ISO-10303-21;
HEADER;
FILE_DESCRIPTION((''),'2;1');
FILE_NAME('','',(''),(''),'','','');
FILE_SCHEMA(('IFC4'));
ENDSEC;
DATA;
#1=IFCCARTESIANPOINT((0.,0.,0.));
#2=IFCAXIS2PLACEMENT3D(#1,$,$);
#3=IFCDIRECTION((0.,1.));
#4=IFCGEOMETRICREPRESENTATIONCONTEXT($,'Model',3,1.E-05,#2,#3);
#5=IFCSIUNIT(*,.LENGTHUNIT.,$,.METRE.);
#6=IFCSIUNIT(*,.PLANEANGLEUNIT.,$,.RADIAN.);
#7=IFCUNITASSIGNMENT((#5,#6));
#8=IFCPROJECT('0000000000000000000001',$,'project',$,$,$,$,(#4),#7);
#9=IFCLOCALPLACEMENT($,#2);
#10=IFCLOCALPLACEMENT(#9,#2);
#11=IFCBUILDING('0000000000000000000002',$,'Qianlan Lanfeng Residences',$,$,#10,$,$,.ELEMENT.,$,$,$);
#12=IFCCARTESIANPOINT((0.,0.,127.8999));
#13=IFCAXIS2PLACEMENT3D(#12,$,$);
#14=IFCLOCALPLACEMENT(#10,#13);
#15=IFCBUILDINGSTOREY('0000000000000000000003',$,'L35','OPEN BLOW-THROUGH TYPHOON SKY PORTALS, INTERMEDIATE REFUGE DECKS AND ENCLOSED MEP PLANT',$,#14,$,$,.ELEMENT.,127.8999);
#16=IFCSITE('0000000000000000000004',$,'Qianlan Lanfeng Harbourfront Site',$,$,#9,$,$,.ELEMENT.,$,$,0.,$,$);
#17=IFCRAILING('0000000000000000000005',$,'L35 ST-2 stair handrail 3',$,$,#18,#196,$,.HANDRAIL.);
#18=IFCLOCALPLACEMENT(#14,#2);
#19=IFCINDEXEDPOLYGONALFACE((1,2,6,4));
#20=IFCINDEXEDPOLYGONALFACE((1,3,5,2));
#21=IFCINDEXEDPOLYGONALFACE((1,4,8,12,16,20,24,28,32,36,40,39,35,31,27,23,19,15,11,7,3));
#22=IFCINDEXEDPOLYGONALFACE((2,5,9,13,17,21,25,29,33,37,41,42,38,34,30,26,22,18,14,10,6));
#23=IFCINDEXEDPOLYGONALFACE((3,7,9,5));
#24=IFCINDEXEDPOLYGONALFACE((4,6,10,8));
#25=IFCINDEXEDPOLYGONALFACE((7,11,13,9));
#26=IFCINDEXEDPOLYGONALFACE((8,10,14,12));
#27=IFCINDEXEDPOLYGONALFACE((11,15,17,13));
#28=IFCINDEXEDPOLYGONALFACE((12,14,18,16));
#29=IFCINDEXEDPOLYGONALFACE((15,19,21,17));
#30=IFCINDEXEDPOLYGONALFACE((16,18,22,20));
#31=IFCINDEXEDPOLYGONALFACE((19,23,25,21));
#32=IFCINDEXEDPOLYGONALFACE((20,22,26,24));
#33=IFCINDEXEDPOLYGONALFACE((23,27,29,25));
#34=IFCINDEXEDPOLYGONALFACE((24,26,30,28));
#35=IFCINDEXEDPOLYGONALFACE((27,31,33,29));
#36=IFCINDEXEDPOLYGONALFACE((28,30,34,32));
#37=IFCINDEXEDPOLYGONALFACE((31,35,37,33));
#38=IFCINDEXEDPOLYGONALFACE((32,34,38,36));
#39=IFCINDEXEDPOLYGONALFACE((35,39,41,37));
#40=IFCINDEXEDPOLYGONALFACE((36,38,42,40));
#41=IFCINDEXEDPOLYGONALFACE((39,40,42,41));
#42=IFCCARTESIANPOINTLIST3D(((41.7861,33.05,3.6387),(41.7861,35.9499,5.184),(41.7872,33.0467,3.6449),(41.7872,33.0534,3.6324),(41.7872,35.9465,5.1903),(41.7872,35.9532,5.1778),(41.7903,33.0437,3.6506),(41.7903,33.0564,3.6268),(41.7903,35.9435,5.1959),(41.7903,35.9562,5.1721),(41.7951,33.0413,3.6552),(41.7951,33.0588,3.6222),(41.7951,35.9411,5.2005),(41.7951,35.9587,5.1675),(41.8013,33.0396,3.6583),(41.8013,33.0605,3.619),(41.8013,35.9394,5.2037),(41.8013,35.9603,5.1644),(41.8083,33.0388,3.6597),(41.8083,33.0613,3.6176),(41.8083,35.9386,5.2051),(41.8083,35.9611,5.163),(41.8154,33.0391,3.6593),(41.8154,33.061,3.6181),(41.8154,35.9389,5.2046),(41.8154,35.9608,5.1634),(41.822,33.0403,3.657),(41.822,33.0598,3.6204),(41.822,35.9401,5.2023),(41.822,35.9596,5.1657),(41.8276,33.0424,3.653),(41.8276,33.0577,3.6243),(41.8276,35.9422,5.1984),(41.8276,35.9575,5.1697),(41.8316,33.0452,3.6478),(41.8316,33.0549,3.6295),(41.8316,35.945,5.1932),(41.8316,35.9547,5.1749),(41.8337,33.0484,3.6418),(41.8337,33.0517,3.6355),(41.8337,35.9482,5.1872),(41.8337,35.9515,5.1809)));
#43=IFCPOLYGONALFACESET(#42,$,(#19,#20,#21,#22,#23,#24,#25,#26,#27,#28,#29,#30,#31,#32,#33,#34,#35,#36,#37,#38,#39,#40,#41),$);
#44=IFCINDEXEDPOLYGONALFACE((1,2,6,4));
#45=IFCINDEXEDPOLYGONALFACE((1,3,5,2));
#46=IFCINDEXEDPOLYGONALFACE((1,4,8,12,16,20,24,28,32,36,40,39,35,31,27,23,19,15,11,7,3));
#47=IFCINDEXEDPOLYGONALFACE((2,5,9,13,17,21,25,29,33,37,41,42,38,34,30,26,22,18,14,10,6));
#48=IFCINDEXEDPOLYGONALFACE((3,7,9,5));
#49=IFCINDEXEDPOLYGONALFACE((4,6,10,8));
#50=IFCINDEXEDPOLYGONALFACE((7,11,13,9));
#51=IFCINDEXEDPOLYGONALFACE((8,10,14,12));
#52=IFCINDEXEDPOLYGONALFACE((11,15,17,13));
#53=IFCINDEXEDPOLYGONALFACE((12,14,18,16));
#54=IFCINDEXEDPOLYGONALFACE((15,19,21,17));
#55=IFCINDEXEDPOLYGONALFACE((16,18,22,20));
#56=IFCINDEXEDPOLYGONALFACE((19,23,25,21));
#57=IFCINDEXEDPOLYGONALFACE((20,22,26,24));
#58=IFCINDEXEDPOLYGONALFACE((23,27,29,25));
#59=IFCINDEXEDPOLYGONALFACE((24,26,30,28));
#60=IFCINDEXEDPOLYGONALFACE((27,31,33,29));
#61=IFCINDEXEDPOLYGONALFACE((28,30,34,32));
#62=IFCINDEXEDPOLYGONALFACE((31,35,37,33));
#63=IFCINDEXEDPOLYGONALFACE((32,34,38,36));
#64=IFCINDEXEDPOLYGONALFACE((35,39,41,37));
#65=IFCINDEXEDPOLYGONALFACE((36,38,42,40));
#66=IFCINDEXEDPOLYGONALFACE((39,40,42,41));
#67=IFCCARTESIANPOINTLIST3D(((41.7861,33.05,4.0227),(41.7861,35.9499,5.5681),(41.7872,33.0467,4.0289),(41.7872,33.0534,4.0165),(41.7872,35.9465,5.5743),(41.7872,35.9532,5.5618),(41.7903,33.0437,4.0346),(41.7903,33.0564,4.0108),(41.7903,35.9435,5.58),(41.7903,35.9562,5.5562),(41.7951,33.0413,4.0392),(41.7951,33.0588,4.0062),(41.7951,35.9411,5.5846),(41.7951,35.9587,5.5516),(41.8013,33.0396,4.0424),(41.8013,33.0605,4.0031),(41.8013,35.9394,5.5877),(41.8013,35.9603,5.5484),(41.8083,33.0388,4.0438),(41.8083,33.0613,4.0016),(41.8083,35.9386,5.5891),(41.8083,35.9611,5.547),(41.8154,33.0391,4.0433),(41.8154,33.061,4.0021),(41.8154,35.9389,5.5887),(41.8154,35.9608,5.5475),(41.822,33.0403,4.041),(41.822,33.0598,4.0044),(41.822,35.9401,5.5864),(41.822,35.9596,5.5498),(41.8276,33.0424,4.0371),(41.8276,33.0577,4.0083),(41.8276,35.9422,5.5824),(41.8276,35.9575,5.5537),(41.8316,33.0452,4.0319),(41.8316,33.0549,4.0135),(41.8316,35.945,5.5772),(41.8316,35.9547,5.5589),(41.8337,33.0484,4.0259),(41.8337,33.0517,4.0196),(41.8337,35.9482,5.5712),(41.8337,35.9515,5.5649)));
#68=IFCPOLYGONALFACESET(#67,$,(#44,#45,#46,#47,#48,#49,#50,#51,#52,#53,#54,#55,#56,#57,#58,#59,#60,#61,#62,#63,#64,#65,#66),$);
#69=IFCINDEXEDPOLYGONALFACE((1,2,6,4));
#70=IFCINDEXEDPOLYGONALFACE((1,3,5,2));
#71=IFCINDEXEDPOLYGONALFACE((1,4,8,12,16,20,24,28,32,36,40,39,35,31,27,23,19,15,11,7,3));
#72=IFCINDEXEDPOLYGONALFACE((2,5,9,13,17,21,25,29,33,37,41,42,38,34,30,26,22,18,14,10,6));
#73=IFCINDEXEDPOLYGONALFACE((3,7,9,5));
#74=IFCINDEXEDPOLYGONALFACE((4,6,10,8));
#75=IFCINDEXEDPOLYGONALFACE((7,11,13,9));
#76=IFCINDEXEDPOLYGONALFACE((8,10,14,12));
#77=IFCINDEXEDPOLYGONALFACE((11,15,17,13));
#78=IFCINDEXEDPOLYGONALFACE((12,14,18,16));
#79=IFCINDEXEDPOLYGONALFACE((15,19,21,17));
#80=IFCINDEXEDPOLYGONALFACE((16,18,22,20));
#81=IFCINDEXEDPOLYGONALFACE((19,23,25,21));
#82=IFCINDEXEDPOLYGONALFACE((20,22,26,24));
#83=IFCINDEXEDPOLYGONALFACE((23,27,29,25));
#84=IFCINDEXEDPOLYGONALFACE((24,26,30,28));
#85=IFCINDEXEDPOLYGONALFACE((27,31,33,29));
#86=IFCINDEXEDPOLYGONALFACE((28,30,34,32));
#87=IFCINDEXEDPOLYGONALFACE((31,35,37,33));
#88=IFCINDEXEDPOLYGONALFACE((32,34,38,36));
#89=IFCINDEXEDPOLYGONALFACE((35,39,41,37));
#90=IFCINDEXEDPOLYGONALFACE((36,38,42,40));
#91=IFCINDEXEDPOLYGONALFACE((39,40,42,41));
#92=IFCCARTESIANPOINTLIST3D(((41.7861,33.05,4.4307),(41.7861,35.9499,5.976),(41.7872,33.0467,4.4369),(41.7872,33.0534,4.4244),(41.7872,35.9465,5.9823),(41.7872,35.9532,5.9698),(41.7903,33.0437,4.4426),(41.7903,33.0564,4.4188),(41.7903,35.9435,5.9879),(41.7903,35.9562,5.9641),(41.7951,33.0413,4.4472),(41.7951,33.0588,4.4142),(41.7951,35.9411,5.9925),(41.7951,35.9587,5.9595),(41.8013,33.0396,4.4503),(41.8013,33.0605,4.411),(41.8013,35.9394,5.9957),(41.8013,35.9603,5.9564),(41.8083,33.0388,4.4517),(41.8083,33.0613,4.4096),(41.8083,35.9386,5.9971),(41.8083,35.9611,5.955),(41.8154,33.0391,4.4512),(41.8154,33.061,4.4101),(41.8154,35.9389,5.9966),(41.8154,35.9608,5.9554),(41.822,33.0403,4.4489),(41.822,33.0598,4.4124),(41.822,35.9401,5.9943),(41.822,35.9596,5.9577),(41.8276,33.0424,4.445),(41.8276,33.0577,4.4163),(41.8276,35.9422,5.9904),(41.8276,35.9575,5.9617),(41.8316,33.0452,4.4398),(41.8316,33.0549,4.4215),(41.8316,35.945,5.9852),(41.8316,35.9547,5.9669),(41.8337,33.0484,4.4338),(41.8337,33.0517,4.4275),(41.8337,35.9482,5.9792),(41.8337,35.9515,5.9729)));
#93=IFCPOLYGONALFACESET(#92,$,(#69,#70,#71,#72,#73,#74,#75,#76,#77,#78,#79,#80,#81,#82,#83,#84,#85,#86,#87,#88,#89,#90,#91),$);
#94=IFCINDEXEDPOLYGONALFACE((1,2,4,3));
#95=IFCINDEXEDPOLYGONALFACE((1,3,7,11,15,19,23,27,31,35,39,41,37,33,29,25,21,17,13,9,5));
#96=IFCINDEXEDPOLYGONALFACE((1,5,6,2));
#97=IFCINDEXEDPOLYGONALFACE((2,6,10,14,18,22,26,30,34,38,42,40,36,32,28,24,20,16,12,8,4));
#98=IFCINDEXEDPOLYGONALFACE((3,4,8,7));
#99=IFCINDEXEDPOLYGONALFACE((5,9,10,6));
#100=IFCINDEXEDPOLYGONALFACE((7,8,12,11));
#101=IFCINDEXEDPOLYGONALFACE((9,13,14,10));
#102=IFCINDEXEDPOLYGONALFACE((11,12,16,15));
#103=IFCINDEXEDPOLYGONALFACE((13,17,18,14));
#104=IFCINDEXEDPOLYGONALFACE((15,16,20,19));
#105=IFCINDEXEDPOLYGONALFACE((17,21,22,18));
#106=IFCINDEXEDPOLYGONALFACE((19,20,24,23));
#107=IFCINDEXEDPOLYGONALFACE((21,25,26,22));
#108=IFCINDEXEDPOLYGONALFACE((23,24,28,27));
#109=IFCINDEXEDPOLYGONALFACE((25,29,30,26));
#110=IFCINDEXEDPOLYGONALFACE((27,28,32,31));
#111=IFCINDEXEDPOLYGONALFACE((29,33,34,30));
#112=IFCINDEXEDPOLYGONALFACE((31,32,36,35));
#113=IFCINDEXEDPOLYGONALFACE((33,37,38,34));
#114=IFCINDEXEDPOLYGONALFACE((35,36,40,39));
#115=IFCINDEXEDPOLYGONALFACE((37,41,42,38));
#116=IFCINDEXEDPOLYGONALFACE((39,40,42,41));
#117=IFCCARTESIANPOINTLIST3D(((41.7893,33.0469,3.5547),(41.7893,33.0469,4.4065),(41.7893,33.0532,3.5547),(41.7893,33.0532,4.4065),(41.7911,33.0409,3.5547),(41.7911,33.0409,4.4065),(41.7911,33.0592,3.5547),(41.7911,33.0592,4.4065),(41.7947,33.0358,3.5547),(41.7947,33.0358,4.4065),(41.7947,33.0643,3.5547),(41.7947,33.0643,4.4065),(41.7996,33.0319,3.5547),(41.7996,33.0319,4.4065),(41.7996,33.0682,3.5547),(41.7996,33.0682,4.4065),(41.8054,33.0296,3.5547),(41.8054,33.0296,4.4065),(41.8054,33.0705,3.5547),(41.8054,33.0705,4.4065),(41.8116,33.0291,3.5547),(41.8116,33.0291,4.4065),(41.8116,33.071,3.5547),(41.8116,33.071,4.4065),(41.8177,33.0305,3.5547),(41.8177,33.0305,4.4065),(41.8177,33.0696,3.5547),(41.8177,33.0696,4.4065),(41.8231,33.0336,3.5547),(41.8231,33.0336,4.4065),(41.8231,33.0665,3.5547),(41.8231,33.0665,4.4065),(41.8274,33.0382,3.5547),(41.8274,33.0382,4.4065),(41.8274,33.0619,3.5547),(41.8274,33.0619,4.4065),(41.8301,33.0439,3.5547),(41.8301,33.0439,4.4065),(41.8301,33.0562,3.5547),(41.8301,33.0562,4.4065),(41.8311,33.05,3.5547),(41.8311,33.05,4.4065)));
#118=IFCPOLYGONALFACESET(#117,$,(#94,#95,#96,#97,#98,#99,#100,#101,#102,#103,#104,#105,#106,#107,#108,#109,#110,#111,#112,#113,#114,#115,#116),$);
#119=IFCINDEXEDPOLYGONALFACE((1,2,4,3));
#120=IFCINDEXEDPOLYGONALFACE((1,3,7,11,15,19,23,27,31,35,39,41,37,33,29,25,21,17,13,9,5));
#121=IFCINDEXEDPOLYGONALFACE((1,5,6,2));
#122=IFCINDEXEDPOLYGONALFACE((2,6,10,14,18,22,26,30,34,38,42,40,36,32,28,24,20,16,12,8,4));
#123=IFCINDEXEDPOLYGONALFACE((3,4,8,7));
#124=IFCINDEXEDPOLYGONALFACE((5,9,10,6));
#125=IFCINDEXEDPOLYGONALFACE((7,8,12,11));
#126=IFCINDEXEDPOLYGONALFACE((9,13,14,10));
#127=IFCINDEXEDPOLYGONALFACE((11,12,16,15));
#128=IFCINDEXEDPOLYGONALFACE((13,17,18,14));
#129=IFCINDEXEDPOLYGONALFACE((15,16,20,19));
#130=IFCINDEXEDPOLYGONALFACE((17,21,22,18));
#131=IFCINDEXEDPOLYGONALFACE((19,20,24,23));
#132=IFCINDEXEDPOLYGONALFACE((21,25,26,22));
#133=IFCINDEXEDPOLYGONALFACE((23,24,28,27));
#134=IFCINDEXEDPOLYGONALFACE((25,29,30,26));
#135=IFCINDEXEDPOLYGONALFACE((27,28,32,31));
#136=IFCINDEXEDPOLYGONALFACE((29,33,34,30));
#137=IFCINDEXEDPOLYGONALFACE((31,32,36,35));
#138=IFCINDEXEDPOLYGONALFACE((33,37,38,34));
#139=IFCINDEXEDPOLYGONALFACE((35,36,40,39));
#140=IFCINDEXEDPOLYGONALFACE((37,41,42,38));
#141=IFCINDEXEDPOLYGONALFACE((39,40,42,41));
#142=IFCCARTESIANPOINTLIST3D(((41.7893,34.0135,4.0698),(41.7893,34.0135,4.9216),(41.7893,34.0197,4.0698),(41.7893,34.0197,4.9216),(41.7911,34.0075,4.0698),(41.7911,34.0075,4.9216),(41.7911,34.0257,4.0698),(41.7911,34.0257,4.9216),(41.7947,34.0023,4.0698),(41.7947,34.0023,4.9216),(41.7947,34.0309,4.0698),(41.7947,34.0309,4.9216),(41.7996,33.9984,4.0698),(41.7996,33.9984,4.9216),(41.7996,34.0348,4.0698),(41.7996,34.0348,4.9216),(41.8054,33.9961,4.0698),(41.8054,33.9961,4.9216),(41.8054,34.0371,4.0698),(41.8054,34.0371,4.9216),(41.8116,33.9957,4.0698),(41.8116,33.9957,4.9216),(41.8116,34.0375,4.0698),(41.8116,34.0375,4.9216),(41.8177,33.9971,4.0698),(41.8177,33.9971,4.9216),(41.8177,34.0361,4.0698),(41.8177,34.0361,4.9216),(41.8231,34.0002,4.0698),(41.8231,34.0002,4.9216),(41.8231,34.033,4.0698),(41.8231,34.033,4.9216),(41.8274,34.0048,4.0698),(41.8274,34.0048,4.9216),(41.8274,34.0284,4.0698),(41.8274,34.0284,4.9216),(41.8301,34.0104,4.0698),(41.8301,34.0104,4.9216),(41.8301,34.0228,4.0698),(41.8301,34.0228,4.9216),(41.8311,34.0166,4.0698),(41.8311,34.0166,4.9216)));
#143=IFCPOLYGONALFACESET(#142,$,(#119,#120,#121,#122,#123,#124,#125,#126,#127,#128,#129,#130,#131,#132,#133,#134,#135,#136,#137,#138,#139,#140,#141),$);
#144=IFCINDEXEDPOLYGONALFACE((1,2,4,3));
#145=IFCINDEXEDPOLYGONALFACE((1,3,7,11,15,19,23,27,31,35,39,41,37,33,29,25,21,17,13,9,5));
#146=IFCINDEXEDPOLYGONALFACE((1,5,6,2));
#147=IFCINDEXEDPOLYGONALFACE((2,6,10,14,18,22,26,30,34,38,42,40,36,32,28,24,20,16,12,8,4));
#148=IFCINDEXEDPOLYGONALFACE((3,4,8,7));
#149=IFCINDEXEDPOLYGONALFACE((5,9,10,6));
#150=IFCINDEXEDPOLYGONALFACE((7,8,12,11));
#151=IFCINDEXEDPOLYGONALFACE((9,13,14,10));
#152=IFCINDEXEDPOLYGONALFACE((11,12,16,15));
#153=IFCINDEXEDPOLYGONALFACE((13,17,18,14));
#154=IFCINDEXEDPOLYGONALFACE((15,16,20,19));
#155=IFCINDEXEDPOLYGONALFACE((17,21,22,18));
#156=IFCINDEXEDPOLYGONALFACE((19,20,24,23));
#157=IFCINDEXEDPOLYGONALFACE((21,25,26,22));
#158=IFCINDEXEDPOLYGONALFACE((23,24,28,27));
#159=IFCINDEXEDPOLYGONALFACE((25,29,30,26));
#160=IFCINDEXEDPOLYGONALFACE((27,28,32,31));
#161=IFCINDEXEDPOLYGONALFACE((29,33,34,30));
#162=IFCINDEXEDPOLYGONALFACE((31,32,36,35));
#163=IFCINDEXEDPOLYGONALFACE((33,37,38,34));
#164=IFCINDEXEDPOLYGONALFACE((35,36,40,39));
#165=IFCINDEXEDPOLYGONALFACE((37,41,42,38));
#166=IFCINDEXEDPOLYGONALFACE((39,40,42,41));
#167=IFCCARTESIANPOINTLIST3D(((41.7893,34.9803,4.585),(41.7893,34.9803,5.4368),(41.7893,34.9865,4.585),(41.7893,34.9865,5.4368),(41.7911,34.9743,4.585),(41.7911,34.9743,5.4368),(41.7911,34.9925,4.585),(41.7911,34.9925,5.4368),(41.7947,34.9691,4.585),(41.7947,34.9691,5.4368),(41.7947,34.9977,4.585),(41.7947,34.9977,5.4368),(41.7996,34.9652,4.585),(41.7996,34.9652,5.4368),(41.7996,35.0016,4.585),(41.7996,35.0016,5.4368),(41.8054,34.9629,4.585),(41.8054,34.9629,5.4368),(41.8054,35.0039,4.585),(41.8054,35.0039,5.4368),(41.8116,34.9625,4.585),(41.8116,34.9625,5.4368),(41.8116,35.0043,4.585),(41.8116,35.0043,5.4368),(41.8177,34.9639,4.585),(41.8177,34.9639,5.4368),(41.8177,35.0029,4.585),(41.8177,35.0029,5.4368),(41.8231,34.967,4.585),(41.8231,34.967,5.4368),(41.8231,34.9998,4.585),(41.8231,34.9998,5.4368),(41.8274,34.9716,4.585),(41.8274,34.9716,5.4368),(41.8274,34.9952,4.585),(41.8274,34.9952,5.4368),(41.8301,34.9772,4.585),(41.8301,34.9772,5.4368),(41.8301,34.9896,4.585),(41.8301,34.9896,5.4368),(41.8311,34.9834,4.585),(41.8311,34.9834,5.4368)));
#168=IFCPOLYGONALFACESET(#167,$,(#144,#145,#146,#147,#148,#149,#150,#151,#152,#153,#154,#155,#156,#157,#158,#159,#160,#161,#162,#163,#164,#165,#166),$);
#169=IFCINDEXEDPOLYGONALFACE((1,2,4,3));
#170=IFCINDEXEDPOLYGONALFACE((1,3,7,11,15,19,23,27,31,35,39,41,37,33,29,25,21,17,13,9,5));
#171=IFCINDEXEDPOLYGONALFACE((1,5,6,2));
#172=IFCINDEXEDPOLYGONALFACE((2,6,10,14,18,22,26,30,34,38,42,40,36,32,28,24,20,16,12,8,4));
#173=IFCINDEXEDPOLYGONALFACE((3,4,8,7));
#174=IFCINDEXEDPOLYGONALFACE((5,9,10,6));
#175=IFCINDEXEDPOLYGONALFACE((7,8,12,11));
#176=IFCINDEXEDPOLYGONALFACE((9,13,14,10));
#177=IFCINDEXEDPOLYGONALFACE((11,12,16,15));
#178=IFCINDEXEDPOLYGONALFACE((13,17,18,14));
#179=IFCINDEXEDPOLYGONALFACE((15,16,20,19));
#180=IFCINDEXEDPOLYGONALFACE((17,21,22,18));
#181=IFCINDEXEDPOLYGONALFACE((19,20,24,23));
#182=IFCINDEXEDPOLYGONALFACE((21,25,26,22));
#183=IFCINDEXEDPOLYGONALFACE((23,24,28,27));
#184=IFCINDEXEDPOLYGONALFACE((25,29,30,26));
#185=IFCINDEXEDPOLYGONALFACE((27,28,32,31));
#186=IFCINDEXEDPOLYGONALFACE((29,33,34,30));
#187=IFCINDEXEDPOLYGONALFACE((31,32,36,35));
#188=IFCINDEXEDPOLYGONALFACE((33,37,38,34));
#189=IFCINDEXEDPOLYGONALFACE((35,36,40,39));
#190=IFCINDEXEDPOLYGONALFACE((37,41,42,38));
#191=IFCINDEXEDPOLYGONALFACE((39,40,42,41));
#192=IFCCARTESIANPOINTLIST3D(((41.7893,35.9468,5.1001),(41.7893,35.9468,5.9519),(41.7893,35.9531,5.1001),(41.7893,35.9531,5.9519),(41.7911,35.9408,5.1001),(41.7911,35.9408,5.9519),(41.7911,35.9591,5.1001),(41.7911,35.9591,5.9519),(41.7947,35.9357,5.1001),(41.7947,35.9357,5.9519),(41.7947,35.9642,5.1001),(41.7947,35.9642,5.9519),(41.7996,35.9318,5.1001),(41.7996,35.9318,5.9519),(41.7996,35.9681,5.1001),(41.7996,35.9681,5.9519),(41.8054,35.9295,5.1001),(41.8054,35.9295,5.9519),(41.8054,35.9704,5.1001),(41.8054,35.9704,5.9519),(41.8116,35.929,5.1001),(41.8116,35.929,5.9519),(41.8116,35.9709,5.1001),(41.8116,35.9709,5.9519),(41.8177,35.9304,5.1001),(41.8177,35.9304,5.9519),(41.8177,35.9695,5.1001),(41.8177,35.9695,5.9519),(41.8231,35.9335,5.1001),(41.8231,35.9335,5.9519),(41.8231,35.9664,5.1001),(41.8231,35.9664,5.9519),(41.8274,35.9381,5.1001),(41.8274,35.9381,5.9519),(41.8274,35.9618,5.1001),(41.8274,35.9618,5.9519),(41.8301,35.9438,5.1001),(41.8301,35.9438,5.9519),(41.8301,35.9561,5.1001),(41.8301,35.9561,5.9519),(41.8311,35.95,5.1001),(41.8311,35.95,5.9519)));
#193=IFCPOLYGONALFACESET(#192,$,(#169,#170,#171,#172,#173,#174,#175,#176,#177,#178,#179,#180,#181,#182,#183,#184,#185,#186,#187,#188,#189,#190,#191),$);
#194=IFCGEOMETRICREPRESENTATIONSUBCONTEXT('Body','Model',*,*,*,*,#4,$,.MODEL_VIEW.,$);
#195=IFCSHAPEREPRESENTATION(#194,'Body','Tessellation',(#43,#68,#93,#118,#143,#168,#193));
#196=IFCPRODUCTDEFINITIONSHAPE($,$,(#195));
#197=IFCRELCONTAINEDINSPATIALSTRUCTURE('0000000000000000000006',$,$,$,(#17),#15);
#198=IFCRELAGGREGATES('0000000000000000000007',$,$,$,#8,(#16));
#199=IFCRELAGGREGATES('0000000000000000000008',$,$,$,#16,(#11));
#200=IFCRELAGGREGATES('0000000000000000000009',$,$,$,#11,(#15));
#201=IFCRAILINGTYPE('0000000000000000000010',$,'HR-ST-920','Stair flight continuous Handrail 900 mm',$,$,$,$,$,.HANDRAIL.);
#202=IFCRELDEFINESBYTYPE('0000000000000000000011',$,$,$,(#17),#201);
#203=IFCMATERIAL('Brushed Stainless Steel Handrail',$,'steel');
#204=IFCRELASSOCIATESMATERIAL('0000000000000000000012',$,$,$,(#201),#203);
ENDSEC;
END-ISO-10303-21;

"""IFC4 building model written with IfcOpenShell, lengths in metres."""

from ifc_helpers import new_model, si_unit, direction, frame, origin, origin_2d, place, context, subcontext, project, spatial, circle, extrude, material, type_object, element, save


model = new_model("IFC4")

# Units and contexts
model_context = context("Model", 3, precision=1e-05, world=origin(), true_north=direction((0.0, 1.0)))
body_context = subcontext(model_context, "Body", "Model", "MODEL_VIEW")
ifc_project = project(units=[si_unit("LENGTHUNIT", "METRE"), si_unit("PLANEANGLEUNIT", "RADIAN")], contexts=[model_context])

# Site, building, storey
site_placement = place(None, origin())
site = spatial("IfcSite", under=ifc_project, at=site_placement, Name="Qianlan Lanfeng Harbourfront Site", CompositionType="ELEMENT", RefElevation=0.0)
building_placement = place(site_placement, origin())
building = spatial("IfcBuilding", under=site, at=building_placement, Name="Qianlan Lanfeng Residences", CompositionType="ELEMENT")
storey_placement = place(building_placement, frame((0.0, 0.0, 127.8999)))
storey = spatial("IfcBuildingStorey", under=building, at=storey_placement, Name="L35", Description="OPEN BLOW-THROUGH TYPHOON SKY PORTALS, INTERMEDIATE REFUGE DECKS AND ENCLOSED MEP PLANT", CompositionType="ELEMENT", Elevation=127.8999)

# Railing
ifc_material_1 = material(Name="Brushed Stainless Steel Handrail", Category="steel")
railing_type_1 = type_object("IfcRailingType", Name="HR-ST-920", Description="Stair flight continuous Handrail 900 mm", PredefinedType="HANDRAIL", material=ifc_material_1)
railing_1_placement = place(storey_placement, frame((41.8101, 33.05, 3.5547)))
element("IfcRailing", 1, at=railing_1_placement, inside=storey, type_object=railing_type_1, Name="L35 ST-2 stair handrail 3", PredefinedType="HANDRAIL", context=body_context, shape_type="SweptSolid", body=[
    extrude(circle(Radius=0.0239, at=origin_2d()), frame((0.0, 0.0, 0.084), z_axis=(0.0, 0.882505, 0.470303), x_axis=(-1.0, 0.0, 0.0)), (0.0, 0.0, 1.0), 3.2859),
    extrude(circle(Radius=0.0239, at=origin_2d()), frame((0.0, 0.0, 0.468), z_axis=(0.0, 0.882505, 0.470303), x_axis=(-1.0, 0.0, 0.0)), (0.0, 0.0, 1.0), 3.2859),
    extrude(circle(Radius=0.0239, at=origin_2d()), frame((0.0, 0.0, 0.876), z_axis=(0.0, 0.882505, 0.470303), x_axis=(-1.0, 0.0, 0.0)), (0.0, 0.0, 1.0), 3.2859),
    extrude(circle(Radius=0.021, at=origin_2d()), origin(), (0.0, 0.0, 1.0), 0.8518),
    extrude(circle(Radius=0.021, at=origin_2d()), frame((0.0, 0.9666, 0.5151)), (0.0, 0.0, 1.0), 0.8518),
    extrude(circle(Radius=0.021, at=origin_2d()), frame((0.0, 1.9333, 1.0303)), (0.0, 0.0, 1.0), 0.8518),
    extrude(circle(Radius=0.021, at=origin_2d()), frame((0.0, 2.8999, 1.5454)), (0.0, 0.0, 1.0), 0.8518),
])

save(model, "model.ifc")
